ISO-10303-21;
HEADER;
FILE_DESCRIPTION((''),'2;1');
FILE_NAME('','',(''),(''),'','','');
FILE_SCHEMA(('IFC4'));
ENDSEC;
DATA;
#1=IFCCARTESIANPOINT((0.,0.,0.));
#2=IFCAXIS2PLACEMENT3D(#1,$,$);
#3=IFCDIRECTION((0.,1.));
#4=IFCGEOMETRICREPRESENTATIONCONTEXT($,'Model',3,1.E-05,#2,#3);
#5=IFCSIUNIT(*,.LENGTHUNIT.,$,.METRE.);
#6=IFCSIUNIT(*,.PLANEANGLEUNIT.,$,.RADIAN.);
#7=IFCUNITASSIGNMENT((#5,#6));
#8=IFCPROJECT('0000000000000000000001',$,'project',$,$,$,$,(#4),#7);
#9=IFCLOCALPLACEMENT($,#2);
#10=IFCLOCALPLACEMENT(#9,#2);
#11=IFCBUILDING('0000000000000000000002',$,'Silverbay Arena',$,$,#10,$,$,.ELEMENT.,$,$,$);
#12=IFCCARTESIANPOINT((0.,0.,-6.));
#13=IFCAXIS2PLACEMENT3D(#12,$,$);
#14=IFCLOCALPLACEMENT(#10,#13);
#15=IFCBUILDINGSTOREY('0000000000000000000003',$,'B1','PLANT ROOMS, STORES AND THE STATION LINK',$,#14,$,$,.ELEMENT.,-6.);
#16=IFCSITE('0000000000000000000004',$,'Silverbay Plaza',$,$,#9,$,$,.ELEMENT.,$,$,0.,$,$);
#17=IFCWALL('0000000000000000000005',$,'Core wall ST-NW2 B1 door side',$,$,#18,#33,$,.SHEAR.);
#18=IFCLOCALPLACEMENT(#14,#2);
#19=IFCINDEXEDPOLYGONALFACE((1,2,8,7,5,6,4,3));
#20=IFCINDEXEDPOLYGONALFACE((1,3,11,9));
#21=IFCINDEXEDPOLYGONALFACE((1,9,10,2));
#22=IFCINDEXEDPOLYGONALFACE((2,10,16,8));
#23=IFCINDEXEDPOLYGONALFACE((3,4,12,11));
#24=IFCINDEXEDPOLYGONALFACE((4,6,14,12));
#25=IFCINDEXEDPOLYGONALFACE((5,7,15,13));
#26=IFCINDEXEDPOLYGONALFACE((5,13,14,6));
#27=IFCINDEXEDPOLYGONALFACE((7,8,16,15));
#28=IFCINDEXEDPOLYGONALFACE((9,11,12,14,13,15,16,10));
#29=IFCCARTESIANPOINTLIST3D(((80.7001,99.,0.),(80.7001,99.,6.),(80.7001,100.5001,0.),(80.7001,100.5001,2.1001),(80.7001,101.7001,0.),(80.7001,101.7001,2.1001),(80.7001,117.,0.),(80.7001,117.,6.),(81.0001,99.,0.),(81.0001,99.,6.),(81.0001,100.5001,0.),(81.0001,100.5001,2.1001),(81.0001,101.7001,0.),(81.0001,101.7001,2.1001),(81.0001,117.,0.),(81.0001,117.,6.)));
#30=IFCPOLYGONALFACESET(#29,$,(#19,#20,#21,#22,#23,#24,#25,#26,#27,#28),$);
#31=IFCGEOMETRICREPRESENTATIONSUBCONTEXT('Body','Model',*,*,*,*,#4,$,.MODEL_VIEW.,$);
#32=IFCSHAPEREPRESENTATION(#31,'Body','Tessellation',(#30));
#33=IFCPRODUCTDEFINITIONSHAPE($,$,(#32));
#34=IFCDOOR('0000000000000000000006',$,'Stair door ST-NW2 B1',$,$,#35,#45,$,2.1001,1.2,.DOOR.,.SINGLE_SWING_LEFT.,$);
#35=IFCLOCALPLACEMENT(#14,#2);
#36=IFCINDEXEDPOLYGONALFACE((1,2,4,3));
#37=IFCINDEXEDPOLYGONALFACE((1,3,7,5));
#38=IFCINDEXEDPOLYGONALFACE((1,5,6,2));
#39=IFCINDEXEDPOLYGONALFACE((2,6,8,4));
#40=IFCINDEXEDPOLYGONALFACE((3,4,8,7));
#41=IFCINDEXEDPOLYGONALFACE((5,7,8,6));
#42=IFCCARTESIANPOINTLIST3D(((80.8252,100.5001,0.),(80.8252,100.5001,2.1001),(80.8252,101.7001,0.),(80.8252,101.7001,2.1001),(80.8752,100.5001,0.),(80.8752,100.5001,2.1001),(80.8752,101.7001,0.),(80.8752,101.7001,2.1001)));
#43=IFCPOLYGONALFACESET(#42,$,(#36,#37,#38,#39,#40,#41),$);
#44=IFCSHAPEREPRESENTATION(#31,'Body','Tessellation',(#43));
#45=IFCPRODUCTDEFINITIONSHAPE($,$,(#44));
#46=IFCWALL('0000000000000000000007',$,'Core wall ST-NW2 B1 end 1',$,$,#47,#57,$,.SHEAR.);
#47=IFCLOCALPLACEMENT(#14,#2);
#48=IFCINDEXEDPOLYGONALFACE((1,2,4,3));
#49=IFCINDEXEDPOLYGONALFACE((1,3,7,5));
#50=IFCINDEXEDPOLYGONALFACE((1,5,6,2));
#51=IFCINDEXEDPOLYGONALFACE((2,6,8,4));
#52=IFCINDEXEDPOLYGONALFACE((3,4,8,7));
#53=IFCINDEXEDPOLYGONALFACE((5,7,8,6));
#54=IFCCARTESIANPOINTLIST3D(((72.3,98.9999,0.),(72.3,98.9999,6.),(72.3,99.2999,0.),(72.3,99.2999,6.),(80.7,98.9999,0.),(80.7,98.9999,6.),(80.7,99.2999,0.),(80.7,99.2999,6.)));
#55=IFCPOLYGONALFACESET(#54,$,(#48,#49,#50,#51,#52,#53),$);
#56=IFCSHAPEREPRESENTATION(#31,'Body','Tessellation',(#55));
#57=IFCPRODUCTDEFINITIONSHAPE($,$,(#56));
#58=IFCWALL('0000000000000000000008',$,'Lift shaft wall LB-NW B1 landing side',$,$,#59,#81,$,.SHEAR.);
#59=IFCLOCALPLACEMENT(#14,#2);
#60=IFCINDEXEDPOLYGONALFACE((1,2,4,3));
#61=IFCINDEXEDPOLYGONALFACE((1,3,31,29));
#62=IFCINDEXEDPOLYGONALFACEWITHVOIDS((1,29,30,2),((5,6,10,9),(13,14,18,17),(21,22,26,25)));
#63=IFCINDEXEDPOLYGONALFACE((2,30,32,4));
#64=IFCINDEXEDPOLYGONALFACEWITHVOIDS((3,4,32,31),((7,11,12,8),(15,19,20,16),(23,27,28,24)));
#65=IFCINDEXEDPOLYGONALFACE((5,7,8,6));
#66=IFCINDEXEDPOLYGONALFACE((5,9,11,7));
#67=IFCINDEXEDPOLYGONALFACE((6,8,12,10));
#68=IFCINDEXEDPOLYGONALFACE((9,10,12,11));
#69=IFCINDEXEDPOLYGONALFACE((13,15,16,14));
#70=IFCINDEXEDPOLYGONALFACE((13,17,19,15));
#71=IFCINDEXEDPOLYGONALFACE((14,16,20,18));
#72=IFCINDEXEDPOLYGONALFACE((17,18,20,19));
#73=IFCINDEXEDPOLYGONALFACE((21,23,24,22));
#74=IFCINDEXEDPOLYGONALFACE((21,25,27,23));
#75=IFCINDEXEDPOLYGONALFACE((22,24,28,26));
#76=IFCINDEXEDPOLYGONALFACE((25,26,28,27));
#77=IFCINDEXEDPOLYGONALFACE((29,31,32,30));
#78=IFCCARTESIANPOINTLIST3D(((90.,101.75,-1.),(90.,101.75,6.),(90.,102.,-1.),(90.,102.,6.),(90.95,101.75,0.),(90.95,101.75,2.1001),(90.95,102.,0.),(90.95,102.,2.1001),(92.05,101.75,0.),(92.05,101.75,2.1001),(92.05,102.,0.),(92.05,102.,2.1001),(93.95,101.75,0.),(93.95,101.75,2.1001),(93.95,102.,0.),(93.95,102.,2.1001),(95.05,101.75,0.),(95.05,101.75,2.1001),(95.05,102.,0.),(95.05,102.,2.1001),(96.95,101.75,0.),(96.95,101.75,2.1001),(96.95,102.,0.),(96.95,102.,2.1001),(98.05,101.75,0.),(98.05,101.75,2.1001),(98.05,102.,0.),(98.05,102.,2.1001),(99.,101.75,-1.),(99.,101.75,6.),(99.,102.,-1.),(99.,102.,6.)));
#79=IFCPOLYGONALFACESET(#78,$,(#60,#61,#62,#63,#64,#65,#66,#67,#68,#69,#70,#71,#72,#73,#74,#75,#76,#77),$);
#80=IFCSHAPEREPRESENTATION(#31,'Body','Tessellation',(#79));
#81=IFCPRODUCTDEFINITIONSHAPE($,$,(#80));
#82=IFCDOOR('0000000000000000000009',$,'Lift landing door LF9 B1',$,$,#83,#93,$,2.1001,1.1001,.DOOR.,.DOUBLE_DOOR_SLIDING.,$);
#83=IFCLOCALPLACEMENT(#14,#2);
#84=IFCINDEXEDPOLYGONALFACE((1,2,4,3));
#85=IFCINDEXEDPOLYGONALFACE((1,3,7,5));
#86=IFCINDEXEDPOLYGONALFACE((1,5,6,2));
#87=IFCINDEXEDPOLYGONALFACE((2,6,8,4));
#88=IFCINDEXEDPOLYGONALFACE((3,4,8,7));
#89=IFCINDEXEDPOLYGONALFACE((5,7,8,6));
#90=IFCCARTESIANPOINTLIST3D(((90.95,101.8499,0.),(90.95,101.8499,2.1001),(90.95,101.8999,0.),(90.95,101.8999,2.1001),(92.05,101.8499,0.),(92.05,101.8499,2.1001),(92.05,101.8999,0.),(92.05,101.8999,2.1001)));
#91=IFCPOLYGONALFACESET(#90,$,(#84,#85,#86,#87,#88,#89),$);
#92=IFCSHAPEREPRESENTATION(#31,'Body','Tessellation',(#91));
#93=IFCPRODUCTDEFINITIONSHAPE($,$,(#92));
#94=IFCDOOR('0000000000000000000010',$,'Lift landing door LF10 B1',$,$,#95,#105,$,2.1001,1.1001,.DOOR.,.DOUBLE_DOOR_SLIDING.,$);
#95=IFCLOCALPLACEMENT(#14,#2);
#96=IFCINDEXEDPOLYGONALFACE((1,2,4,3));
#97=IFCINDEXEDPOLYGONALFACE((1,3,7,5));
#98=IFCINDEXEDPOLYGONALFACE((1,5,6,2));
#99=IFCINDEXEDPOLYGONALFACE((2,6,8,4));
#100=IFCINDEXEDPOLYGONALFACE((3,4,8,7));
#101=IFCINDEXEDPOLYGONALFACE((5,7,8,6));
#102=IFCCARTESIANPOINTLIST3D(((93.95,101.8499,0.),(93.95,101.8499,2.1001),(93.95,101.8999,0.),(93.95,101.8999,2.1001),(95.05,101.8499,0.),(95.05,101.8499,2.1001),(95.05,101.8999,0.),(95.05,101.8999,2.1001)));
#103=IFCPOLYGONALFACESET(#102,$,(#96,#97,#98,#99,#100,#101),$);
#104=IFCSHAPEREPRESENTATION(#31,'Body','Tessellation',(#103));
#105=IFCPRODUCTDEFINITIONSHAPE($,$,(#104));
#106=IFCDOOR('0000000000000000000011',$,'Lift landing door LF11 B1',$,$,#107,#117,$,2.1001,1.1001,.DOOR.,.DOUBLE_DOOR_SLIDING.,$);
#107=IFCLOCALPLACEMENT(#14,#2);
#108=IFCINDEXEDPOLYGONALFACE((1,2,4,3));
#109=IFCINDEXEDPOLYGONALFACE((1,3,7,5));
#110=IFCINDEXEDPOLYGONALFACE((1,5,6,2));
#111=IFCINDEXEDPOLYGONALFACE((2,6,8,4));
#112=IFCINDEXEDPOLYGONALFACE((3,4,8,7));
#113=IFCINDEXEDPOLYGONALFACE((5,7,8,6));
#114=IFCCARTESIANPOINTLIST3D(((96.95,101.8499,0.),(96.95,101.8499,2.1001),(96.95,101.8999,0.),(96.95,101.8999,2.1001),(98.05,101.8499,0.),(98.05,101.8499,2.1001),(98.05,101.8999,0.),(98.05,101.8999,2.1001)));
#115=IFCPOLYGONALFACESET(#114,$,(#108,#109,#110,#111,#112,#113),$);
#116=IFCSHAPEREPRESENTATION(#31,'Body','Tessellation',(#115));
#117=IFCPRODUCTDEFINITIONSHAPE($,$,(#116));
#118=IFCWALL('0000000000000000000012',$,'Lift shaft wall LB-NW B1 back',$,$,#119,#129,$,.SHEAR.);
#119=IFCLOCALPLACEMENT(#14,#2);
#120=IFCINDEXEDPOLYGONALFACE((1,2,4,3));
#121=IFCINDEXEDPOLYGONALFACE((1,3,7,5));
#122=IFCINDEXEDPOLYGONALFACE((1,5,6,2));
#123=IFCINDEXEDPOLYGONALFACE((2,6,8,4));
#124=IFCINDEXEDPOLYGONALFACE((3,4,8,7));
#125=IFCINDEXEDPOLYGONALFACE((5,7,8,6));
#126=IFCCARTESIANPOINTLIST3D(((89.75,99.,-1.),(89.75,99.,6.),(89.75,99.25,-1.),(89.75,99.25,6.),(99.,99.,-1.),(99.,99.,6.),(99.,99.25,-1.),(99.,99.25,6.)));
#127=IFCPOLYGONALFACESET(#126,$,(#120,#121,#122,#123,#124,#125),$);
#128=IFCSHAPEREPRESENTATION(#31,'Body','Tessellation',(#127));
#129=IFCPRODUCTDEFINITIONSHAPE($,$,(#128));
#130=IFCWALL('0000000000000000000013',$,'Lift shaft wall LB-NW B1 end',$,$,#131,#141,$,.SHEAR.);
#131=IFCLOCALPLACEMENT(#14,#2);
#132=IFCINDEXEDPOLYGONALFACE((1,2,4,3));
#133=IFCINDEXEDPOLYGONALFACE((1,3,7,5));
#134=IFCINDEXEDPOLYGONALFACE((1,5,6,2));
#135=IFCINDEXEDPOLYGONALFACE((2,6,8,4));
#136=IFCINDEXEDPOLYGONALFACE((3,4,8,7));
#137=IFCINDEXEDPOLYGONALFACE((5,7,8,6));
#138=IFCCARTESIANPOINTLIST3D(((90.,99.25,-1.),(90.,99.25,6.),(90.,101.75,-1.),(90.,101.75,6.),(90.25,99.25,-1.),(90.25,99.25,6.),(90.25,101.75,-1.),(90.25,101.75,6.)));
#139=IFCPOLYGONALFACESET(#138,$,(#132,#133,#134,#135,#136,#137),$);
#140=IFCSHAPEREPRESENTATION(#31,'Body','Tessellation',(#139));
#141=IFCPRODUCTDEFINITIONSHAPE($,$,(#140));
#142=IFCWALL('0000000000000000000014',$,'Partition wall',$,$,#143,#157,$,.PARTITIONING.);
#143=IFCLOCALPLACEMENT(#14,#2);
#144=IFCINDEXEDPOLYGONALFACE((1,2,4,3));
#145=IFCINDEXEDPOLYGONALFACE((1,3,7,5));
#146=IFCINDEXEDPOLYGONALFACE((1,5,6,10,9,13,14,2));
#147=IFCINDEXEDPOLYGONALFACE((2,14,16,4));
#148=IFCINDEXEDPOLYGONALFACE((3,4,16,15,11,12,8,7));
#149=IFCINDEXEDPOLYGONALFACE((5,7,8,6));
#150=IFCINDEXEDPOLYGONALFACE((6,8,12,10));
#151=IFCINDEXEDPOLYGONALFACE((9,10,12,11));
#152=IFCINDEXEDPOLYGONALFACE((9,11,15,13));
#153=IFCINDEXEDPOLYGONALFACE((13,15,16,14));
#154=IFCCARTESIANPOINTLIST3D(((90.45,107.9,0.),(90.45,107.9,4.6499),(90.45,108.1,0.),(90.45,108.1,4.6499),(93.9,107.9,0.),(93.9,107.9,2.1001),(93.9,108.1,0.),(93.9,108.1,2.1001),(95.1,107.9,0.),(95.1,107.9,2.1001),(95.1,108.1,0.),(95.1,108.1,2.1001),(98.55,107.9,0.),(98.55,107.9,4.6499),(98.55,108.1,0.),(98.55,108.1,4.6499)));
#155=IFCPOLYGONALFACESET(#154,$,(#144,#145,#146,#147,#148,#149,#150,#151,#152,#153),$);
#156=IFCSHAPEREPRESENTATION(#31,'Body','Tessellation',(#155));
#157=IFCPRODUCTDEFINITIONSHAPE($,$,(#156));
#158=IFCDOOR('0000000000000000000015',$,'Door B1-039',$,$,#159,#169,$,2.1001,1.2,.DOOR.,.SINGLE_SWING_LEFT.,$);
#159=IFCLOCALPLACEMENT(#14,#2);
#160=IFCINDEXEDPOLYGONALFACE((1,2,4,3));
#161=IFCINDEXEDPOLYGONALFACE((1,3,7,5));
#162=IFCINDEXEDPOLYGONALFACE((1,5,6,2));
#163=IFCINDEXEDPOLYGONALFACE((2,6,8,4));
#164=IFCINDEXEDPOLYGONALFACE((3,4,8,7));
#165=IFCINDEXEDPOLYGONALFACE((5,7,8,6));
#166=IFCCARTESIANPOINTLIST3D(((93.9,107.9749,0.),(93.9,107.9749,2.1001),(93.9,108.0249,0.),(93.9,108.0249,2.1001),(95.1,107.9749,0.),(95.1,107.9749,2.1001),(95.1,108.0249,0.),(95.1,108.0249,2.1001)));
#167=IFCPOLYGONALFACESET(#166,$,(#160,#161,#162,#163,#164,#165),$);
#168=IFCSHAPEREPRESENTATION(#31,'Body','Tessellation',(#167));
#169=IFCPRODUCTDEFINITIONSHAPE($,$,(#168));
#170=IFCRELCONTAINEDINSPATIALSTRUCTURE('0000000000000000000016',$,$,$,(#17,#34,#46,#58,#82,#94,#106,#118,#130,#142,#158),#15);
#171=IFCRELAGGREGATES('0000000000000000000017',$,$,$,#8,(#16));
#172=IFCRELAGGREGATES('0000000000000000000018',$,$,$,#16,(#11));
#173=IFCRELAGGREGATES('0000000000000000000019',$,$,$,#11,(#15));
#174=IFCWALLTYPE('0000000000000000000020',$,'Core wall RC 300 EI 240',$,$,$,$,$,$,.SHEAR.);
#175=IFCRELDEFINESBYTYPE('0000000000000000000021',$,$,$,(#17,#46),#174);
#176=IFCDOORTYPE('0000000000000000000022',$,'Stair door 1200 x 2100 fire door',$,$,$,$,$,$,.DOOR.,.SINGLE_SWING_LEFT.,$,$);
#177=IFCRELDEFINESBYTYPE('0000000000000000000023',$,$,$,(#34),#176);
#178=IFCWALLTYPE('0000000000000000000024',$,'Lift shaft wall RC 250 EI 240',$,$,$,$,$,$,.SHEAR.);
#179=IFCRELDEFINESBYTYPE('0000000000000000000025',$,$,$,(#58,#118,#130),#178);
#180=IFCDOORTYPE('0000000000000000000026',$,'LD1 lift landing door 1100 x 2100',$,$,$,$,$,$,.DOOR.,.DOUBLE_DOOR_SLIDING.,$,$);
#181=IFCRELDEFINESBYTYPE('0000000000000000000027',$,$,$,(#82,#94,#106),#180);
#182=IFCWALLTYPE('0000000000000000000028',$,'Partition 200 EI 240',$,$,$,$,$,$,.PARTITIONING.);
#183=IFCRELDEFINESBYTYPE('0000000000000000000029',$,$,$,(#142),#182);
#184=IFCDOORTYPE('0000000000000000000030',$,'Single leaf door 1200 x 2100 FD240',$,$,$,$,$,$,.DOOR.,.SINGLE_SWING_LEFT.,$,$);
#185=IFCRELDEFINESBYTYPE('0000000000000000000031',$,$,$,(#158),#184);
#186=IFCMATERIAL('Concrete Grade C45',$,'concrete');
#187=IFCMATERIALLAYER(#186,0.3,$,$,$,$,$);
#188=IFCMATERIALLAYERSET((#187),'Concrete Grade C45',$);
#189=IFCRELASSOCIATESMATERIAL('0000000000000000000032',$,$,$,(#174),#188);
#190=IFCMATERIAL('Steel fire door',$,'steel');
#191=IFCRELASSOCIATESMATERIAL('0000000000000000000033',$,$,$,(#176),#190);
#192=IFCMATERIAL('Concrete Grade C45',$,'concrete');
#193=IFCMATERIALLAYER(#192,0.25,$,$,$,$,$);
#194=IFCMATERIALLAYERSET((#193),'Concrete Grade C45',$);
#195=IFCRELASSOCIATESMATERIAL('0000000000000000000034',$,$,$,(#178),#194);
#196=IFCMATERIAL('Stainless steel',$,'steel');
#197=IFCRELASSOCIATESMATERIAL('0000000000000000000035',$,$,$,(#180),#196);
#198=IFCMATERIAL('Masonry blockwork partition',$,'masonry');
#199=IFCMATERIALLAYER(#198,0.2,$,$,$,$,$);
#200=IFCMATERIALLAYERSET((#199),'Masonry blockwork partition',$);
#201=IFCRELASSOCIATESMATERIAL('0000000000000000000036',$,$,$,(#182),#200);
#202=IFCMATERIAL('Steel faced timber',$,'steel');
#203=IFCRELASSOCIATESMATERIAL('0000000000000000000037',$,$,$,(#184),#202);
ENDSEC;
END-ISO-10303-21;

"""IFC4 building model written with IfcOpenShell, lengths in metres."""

from ifc_helpers import new_model, si_unit, direction, frame, frame_2d, origin, place, context, subcontext, project, spatial, rectangle, extrude, material, layer, layer_set, type_object, element, fill, save


model = new_model("IFC4")

# Units and contexts
model_context = context("Model", 3, precision=1e-05, world=origin(), true_north=direction((0.0, 1.0)))
body_context = subcontext(model_context, "Body", "Model", "MODEL_VIEW")
ifc_project = project(units=[si_unit("LENGTHUNIT", "METRE"), si_unit("PLANEANGLEUNIT", "RADIAN")], contexts=[model_context])

# Site, building, storey
site_placement = place(None, origin())
site = spatial("IfcSite", under=ifc_project, at=site_placement, Name="Silverbay Plaza", CompositionType="ELEMENT", RefElevation=0.0)
building_placement = place(site_placement, origin())
building = spatial("IfcBuilding", under=site, at=building_placement, Name="Silverbay Arena", CompositionType="ELEMENT")
storey_placement = place(building_placement, frame((0.0, 0.0, -6.0)))
storey = spatial("IfcBuildingStorey", under=building, at=storey_placement, Name="B1", Description="PLANT ROOMS, STORES AND THE STATION LINK", CompositionType="ELEMENT", Elevation=-6.0)

# Wall, opening, door
ifc_material_1 = material(Name="Concrete Grade C45", Category="concrete")
ifc_layer_1 = layer(ifc_material_1, 0.3)
ifc_layer_set_1 = layer_set([ifc_layer_1], Name="Concrete Grade C45")
wall_type_1 = type_object("IfcWallType", Name="Core wall RC 300 EI 240", PredefinedType="SHEAR", material=ifc_layer_set_1)
wall_1_placement = place(storey_placement, frame((80.8501, 99.0, 0.0), z_axis=(0.0, 0.0, 1.0), x_axis=(0.0, 1.0, 0.0)))
wall_1 = element("IfcWall", 1, at=wall_1_placement, inside=storey, type_object=wall_type_1, Name="Core wall ST-NW2 B1 door side", PredefinedType="SHEAR", context=body_context, shape_type="SweptSolid", body=[
    extrude(rectangle(XDim=18.0, YDim=0.3, at=frame_2d((9.0, 0.0))), origin(), (0.0, 0.0, 1.0), 6.0),
])
opening_1_placement = place(wall_1_placement, frame((1.5, 0.0, 0.0)))
opening_1 = element("IfcOpeningElement", 2, at=opening_1_placement, cuts=wall_1, PredefinedType="OPENING", context=body_context, shape_type="SweptSolid", body=[
    extrude(rectangle(XDim=1.2, YDim=2.1001, at=frame_2d((0.6001, 1.05))), frame((0.0, 0.1602, 0.0), z_axis=(0.0, -1.0, 0.0), x_axis=(1.0, 0.0, 0.0)), (0.0, 0.0, 1.0), 0.3201),
])
ifc_material_2 = material(Name="Steel fire door", Category="steel")
door_type_1 = type_object("IfcDoorType", Name="Stair door 1200 x 2100 fire door", OperationType="SINGLE_SWING_LEFT", PredefinedType="DOOR", material=ifc_material_2)
door_1_placement = place(opening_1_placement, origin())
door_1 = element("IfcDoor", 3, at=door_1_placement, inside=storey, type_object=door_type_1, Name="Stair door ST-NW2 B1", OperationType="SINGLE_SWING_LEFT", OverallHeight=2.1001, OverallWidth=1.2, PredefinedType="DOOR", context=body_context, shape_type="SweptSolid", body=[
    extrude(rectangle(XDim=1.2, YDim=2.1001, at=frame_2d((0.6001, 1.05))), frame((0.0, 0.0249, 0.0), z_axis=(0.0, -1.0, 0.0), x_axis=(1.0, 0.0, 0.0)), (0.0, 0.0, 1.0), 0.05),
])
fill(opening_1, door_1)

# Wall
wall_2_placement = place(storey_placement, frame((80.7, 99.1499, 0.0), z_axis=(0.0, 0.0, 1.0), x_axis=(-1.0, 0.0, 0.0)))
element("IfcWall", 4, at=wall_2_placement, inside=storey, type_object=wall_type_1, Name="Core wall ST-NW2 B1 end 1", PredefinedType="SHEAR", context=body_context, shape_type="SweptSolid", body=[
    extrude(rectangle(XDim=8.3999, YDim=0.3, at=frame_2d((4.2, 0.0))), origin(), (0.0, 0.0, 1.0), 6.0),
])

# Wall, openings, doors
ifc_material_3 = material(Name="Concrete Grade C45", Category="concrete")
ifc_layer_2 = layer(ifc_material_3, 0.25)
ifc_layer_set_2 = layer_set([ifc_layer_2], Name="Concrete Grade C45")
wall_type_2 = type_object("IfcWallType", Name="Lift shaft wall RC 250 EI 240", PredefinedType="SHEAR", material=ifc_layer_set_2)
wall_3_placement = place(storey_placement, frame((90.0, 101.875, -1.0), z_axis=(0.0, 0.0, 1.0), x_axis=(1.0, 0.0, 0.0)))
wall_3 = element("IfcWall", 5, at=wall_3_placement, inside=storey, type_object=wall_type_2, Name="Lift shaft wall LB-NW B1 landing side", PredefinedType="SHEAR", context=body_context, shape_type="SweptSolid", body=[
    extrude(rectangle(XDim=9.0, YDim=0.25, at=frame_2d((4.5, 0.0))), origin(), (0.0, 0.0, 1.0), 7.0),
])
opening_2_placement = place(wall_3_placement, frame((0.95, 0.0, 1.0)))
opening_2 = element("IfcOpeningElement", 6, at=opening_2_placement, cuts=wall_3, PredefinedType="OPENING", context=body_context, shape_type="SweptSolid", body=[
    extrude(rectangle(XDim=1.1001, YDim=2.1001, at=frame_2d((0.55, 1.05))), frame((0.0, 0.135, 0.0), z_axis=(0.0, -1.0, 0.0), x_axis=(1.0, 0.0, 0.0)), (0.0, 0.0, 1.0), 0.27),
])
opening_3_placement = place(wall_3_placement, frame((3.95, 0.0, 1.0)))
opening_3 = element("IfcOpeningElement", 7, at=opening_3_placement, cuts=wall_3, PredefinedType="OPENING", context=body_context, shape_type="SweptSolid", body=[
    extrude(rectangle(XDim=1.1001, YDim=2.1001, at=frame_2d((0.55, 1.05))), frame((0.0, 0.135, 0.0), z_axis=(0.0, -1.0, 0.0), x_axis=(1.0, 0.0, 0.0)), (0.0, 0.0, 1.0), 0.27),
])
opening_4_placement = place(wall_3_placement, frame((6.95, 0.0, 1.0)))
opening_4 = element("IfcOpeningElement", 8, at=opening_4_placement, cuts=wall_3, PredefinedType="OPENING", context=body_context, shape_type="SweptSolid", body=[
    extrude(rectangle(XDim=1.1001, YDim=2.1001, at=frame_2d((0.55, 1.05))), frame((0.0, 0.135, 0.0), z_axis=(0.0, -1.0, 0.0), x_axis=(1.0, 0.0, 0.0)), (0.0, 0.0, 1.0), 0.27),
])
ifc_material_4 = material(Name="Stainless steel", Category="steel")
door_type_2 = type_object("IfcDoorType", Name="LD1 lift landing door 1100 x 2100", OperationType="DOUBLE_DOOR_SLIDING", PredefinedType="DOOR", material=ifc_material_4)
door_2_placement = place(opening_2_placement, origin())
door_2 = element("IfcDoor", 9, at=door_2_placement, inside=storey, type_object=door_type_2, Name="Lift landing door LF9 B1", OperationType="DOUBLE_DOOR_SLIDING", OverallHeight=2.1001, OverallWidth=1.1001, PredefinedType="DOOR", context=body_context, shape_type="SweptSolid", body=[
    extrude(rectangle(XDim=1.1001, YDim=2.1001, at=frame_2d((0.55, 1.05))), frame((0.0, 0.0249, 0.0), z_axis=(0.0, -1.0, 0.0), x_axis=(1.0, 0.0, 0.0)), (0.0, 0.0, 1.0), 0.05),
])
fill(opening_2, door_2)
door_3_placement = place(opening_3_placement, origin())
door_3 = element("IfcDoor", 10, at=door_3_placement, inside=storey, type_object=door_type_2, Name="Lift landing door LF10 B1", OperationType="DOUBLE_DOOR_SLIDING", OverallHeight=2.1001, OverallWidth=1.1001, PredefinedType="DOOR", context=body_context, shape_type="SweptSolid", body=[
    extrude(rectangle(XDim=1.1001, YDim=2.1001, at=frame_2d((0.55, 1.05))), frame((0.0, 0.0249, 0.0), z_axis=(0.0, -1.0, 0.0), x_axis=(1.0, 0.0, 0.0)), (0.0, 0.0, 1.0), 0.05),
])
fill(opening_3, door_3)
door_4_placement = place(opening_4_placement, origin())
door_4 = element("IfcDoor", 11, at=door_4_placement, inside=storey, type_object=door_type_2, Name="Lift landing door LF11 B1", OperationType="DOUBLE_DOOR_SLIDING", OverallHeight=2.1001, OverallWidth=1.1001, PredefinedType="DOOR", context=body_context, shape_type="SweptSolid", body=[
    extrude(rectangle(XDim=1.1001, YDim=2.1001, at=frame_2d((0.55, 1.05))), frame((0.0, 0.0249, 0.0), z_axis=(0.0, -1.0, 0.0), x_axis=(1.0, 0.0, 0.0)), (0.0, 0.0, 1.0), 0.05),
])
fill(opening_4, door_4)

# Walls
wall_4_placement = place(storey_placement, frame((89.75, 99.125, -1.0), z_axis=(0.0, 0.0, 1.0), x_axis=(1.0, 0.0, 0.0)))
element("IfcWall", 12, at=wall_4_placement, inside=storey, type_object=wall_type_2, Name="Lift shaft wall LB-NW B1 back", PredefinedType="SHEAR", context=body_context, shape_type="SweptSolid", body=[
    extrude(rectangle(XDim=9.25, YDim=0.25, at=frame_2d((4.625, 0.0))), origin(), (0.0, 0.0, 1.0), 7.0),
])
wall_5_placement = place(storey_placement, frame((90.125, 99.25, -1.0), z_axis=(0.0, 0.0, 1.0), x_axis=(0.0, 1.0, 0.0)))
element("IfcWall", 13, at=wall_5_placement, inside=storey, type_object=wall_type_2, Name="Lift shaft wall LB-NW B1 end", PredefinedType="SHEAR", context=body_context, shape_type="SweptSolid", body=[
    extrude(rectangle(XDim=2.5, YDim=0.25, at=frame_2d((1.25, 0.0))), origin(), (0.0, 0.0, 1.0), 7.0),
])

# Wall, opening, door
ifc_material_5 = material(Name="Masonry blockwork partition", Category="masonry")
ifc_layer_3 = layer(ifc_material_5, 0.2)
ifc_layer_set_3 = layer_set([ifc_layer_3], Name="Masonry blockwork partition")
wall_type_3 = type_object("IfcWallType", Name="Partition 200 EI 240", PredefinedType="PARTITIONING", material=ifc_layer_set_3)
wall_6_placement = place(storey_placement, frame((90.45, 108.0, 0.0), z_axis=(0.0, 0.0, 1.0), x_axis=(1.0, 0.0, 0.0)))
wall_6 = element("IfcWall", 14, at=wall_6_placement, inside=storey, type_object=wall_type_3, Name="Partition wall", PredefinedType="PARTITIONING", context=body_context, shape_type="SweptSolid", body=[
    extrude(rectangle(XDim=8.1001, YDim=0.2, at=frame_2d((4.05, 0.0))), origin(), (0.0, 0.0, 1.0), 4.6499),
])
opening_5_placement = place(wall_6_placement, frame((3.45, 0.0, 0.0)))
opening_5 = element("IfcOpeningElement", 15, at=opening_5_placement, cuts=wall_6, PredefinedType="OPENING", context=body_context, shape_type="SweptSolid", body=[
    extrude(rectangle(XDim=1.2, YDim=2.1001, at=frame_2d((0.6001, 1.05))), frame((0.0, 0.1099, 0.0), z_axis=(0.0, -1.0, 0.0), x_axis=(1.0, 0.0, 0.0)), (0.0, 0.0, 1.0), 0.22),
])
ifc_material_6 = material(Name="Steel faced timber", Category="steel")
door_type_3 = type_object("IfcDoorType", Name="Single leaf door 1200 x 2100 FD240", OperationType="SINGLE_SWING_LEFT", PredefinedType="DOOR", material=ifc_material_6)
door_5_placement = place(opening_5_placement, origin())
door_5 = element("IfcDoor", 16, at=door_5_placement, inside=storey, type_object=door_type_3, Name="Door B1-039", OperationType="SINGLE_SWING_LEFT", OverallHeight=2.1001, OverallWidth=1.2, PredefinedType="DOOR", context=body_context, shape_type="SweptSolid", body=[
    extrude(rectangle(XDim=1.2, YDim=2.1001, at=frame_2d((0.6001, 1.05))), frame((0.0, 0.0249, 0.0), z_axis=(0.0, -1.0, 0.0), x_axis=(1.0, 0.0, 0.0)), (0.0, 0.0, 1.0), 0.05),
])
fill(opening_5, door_5)

save(model, "model.ifc")
